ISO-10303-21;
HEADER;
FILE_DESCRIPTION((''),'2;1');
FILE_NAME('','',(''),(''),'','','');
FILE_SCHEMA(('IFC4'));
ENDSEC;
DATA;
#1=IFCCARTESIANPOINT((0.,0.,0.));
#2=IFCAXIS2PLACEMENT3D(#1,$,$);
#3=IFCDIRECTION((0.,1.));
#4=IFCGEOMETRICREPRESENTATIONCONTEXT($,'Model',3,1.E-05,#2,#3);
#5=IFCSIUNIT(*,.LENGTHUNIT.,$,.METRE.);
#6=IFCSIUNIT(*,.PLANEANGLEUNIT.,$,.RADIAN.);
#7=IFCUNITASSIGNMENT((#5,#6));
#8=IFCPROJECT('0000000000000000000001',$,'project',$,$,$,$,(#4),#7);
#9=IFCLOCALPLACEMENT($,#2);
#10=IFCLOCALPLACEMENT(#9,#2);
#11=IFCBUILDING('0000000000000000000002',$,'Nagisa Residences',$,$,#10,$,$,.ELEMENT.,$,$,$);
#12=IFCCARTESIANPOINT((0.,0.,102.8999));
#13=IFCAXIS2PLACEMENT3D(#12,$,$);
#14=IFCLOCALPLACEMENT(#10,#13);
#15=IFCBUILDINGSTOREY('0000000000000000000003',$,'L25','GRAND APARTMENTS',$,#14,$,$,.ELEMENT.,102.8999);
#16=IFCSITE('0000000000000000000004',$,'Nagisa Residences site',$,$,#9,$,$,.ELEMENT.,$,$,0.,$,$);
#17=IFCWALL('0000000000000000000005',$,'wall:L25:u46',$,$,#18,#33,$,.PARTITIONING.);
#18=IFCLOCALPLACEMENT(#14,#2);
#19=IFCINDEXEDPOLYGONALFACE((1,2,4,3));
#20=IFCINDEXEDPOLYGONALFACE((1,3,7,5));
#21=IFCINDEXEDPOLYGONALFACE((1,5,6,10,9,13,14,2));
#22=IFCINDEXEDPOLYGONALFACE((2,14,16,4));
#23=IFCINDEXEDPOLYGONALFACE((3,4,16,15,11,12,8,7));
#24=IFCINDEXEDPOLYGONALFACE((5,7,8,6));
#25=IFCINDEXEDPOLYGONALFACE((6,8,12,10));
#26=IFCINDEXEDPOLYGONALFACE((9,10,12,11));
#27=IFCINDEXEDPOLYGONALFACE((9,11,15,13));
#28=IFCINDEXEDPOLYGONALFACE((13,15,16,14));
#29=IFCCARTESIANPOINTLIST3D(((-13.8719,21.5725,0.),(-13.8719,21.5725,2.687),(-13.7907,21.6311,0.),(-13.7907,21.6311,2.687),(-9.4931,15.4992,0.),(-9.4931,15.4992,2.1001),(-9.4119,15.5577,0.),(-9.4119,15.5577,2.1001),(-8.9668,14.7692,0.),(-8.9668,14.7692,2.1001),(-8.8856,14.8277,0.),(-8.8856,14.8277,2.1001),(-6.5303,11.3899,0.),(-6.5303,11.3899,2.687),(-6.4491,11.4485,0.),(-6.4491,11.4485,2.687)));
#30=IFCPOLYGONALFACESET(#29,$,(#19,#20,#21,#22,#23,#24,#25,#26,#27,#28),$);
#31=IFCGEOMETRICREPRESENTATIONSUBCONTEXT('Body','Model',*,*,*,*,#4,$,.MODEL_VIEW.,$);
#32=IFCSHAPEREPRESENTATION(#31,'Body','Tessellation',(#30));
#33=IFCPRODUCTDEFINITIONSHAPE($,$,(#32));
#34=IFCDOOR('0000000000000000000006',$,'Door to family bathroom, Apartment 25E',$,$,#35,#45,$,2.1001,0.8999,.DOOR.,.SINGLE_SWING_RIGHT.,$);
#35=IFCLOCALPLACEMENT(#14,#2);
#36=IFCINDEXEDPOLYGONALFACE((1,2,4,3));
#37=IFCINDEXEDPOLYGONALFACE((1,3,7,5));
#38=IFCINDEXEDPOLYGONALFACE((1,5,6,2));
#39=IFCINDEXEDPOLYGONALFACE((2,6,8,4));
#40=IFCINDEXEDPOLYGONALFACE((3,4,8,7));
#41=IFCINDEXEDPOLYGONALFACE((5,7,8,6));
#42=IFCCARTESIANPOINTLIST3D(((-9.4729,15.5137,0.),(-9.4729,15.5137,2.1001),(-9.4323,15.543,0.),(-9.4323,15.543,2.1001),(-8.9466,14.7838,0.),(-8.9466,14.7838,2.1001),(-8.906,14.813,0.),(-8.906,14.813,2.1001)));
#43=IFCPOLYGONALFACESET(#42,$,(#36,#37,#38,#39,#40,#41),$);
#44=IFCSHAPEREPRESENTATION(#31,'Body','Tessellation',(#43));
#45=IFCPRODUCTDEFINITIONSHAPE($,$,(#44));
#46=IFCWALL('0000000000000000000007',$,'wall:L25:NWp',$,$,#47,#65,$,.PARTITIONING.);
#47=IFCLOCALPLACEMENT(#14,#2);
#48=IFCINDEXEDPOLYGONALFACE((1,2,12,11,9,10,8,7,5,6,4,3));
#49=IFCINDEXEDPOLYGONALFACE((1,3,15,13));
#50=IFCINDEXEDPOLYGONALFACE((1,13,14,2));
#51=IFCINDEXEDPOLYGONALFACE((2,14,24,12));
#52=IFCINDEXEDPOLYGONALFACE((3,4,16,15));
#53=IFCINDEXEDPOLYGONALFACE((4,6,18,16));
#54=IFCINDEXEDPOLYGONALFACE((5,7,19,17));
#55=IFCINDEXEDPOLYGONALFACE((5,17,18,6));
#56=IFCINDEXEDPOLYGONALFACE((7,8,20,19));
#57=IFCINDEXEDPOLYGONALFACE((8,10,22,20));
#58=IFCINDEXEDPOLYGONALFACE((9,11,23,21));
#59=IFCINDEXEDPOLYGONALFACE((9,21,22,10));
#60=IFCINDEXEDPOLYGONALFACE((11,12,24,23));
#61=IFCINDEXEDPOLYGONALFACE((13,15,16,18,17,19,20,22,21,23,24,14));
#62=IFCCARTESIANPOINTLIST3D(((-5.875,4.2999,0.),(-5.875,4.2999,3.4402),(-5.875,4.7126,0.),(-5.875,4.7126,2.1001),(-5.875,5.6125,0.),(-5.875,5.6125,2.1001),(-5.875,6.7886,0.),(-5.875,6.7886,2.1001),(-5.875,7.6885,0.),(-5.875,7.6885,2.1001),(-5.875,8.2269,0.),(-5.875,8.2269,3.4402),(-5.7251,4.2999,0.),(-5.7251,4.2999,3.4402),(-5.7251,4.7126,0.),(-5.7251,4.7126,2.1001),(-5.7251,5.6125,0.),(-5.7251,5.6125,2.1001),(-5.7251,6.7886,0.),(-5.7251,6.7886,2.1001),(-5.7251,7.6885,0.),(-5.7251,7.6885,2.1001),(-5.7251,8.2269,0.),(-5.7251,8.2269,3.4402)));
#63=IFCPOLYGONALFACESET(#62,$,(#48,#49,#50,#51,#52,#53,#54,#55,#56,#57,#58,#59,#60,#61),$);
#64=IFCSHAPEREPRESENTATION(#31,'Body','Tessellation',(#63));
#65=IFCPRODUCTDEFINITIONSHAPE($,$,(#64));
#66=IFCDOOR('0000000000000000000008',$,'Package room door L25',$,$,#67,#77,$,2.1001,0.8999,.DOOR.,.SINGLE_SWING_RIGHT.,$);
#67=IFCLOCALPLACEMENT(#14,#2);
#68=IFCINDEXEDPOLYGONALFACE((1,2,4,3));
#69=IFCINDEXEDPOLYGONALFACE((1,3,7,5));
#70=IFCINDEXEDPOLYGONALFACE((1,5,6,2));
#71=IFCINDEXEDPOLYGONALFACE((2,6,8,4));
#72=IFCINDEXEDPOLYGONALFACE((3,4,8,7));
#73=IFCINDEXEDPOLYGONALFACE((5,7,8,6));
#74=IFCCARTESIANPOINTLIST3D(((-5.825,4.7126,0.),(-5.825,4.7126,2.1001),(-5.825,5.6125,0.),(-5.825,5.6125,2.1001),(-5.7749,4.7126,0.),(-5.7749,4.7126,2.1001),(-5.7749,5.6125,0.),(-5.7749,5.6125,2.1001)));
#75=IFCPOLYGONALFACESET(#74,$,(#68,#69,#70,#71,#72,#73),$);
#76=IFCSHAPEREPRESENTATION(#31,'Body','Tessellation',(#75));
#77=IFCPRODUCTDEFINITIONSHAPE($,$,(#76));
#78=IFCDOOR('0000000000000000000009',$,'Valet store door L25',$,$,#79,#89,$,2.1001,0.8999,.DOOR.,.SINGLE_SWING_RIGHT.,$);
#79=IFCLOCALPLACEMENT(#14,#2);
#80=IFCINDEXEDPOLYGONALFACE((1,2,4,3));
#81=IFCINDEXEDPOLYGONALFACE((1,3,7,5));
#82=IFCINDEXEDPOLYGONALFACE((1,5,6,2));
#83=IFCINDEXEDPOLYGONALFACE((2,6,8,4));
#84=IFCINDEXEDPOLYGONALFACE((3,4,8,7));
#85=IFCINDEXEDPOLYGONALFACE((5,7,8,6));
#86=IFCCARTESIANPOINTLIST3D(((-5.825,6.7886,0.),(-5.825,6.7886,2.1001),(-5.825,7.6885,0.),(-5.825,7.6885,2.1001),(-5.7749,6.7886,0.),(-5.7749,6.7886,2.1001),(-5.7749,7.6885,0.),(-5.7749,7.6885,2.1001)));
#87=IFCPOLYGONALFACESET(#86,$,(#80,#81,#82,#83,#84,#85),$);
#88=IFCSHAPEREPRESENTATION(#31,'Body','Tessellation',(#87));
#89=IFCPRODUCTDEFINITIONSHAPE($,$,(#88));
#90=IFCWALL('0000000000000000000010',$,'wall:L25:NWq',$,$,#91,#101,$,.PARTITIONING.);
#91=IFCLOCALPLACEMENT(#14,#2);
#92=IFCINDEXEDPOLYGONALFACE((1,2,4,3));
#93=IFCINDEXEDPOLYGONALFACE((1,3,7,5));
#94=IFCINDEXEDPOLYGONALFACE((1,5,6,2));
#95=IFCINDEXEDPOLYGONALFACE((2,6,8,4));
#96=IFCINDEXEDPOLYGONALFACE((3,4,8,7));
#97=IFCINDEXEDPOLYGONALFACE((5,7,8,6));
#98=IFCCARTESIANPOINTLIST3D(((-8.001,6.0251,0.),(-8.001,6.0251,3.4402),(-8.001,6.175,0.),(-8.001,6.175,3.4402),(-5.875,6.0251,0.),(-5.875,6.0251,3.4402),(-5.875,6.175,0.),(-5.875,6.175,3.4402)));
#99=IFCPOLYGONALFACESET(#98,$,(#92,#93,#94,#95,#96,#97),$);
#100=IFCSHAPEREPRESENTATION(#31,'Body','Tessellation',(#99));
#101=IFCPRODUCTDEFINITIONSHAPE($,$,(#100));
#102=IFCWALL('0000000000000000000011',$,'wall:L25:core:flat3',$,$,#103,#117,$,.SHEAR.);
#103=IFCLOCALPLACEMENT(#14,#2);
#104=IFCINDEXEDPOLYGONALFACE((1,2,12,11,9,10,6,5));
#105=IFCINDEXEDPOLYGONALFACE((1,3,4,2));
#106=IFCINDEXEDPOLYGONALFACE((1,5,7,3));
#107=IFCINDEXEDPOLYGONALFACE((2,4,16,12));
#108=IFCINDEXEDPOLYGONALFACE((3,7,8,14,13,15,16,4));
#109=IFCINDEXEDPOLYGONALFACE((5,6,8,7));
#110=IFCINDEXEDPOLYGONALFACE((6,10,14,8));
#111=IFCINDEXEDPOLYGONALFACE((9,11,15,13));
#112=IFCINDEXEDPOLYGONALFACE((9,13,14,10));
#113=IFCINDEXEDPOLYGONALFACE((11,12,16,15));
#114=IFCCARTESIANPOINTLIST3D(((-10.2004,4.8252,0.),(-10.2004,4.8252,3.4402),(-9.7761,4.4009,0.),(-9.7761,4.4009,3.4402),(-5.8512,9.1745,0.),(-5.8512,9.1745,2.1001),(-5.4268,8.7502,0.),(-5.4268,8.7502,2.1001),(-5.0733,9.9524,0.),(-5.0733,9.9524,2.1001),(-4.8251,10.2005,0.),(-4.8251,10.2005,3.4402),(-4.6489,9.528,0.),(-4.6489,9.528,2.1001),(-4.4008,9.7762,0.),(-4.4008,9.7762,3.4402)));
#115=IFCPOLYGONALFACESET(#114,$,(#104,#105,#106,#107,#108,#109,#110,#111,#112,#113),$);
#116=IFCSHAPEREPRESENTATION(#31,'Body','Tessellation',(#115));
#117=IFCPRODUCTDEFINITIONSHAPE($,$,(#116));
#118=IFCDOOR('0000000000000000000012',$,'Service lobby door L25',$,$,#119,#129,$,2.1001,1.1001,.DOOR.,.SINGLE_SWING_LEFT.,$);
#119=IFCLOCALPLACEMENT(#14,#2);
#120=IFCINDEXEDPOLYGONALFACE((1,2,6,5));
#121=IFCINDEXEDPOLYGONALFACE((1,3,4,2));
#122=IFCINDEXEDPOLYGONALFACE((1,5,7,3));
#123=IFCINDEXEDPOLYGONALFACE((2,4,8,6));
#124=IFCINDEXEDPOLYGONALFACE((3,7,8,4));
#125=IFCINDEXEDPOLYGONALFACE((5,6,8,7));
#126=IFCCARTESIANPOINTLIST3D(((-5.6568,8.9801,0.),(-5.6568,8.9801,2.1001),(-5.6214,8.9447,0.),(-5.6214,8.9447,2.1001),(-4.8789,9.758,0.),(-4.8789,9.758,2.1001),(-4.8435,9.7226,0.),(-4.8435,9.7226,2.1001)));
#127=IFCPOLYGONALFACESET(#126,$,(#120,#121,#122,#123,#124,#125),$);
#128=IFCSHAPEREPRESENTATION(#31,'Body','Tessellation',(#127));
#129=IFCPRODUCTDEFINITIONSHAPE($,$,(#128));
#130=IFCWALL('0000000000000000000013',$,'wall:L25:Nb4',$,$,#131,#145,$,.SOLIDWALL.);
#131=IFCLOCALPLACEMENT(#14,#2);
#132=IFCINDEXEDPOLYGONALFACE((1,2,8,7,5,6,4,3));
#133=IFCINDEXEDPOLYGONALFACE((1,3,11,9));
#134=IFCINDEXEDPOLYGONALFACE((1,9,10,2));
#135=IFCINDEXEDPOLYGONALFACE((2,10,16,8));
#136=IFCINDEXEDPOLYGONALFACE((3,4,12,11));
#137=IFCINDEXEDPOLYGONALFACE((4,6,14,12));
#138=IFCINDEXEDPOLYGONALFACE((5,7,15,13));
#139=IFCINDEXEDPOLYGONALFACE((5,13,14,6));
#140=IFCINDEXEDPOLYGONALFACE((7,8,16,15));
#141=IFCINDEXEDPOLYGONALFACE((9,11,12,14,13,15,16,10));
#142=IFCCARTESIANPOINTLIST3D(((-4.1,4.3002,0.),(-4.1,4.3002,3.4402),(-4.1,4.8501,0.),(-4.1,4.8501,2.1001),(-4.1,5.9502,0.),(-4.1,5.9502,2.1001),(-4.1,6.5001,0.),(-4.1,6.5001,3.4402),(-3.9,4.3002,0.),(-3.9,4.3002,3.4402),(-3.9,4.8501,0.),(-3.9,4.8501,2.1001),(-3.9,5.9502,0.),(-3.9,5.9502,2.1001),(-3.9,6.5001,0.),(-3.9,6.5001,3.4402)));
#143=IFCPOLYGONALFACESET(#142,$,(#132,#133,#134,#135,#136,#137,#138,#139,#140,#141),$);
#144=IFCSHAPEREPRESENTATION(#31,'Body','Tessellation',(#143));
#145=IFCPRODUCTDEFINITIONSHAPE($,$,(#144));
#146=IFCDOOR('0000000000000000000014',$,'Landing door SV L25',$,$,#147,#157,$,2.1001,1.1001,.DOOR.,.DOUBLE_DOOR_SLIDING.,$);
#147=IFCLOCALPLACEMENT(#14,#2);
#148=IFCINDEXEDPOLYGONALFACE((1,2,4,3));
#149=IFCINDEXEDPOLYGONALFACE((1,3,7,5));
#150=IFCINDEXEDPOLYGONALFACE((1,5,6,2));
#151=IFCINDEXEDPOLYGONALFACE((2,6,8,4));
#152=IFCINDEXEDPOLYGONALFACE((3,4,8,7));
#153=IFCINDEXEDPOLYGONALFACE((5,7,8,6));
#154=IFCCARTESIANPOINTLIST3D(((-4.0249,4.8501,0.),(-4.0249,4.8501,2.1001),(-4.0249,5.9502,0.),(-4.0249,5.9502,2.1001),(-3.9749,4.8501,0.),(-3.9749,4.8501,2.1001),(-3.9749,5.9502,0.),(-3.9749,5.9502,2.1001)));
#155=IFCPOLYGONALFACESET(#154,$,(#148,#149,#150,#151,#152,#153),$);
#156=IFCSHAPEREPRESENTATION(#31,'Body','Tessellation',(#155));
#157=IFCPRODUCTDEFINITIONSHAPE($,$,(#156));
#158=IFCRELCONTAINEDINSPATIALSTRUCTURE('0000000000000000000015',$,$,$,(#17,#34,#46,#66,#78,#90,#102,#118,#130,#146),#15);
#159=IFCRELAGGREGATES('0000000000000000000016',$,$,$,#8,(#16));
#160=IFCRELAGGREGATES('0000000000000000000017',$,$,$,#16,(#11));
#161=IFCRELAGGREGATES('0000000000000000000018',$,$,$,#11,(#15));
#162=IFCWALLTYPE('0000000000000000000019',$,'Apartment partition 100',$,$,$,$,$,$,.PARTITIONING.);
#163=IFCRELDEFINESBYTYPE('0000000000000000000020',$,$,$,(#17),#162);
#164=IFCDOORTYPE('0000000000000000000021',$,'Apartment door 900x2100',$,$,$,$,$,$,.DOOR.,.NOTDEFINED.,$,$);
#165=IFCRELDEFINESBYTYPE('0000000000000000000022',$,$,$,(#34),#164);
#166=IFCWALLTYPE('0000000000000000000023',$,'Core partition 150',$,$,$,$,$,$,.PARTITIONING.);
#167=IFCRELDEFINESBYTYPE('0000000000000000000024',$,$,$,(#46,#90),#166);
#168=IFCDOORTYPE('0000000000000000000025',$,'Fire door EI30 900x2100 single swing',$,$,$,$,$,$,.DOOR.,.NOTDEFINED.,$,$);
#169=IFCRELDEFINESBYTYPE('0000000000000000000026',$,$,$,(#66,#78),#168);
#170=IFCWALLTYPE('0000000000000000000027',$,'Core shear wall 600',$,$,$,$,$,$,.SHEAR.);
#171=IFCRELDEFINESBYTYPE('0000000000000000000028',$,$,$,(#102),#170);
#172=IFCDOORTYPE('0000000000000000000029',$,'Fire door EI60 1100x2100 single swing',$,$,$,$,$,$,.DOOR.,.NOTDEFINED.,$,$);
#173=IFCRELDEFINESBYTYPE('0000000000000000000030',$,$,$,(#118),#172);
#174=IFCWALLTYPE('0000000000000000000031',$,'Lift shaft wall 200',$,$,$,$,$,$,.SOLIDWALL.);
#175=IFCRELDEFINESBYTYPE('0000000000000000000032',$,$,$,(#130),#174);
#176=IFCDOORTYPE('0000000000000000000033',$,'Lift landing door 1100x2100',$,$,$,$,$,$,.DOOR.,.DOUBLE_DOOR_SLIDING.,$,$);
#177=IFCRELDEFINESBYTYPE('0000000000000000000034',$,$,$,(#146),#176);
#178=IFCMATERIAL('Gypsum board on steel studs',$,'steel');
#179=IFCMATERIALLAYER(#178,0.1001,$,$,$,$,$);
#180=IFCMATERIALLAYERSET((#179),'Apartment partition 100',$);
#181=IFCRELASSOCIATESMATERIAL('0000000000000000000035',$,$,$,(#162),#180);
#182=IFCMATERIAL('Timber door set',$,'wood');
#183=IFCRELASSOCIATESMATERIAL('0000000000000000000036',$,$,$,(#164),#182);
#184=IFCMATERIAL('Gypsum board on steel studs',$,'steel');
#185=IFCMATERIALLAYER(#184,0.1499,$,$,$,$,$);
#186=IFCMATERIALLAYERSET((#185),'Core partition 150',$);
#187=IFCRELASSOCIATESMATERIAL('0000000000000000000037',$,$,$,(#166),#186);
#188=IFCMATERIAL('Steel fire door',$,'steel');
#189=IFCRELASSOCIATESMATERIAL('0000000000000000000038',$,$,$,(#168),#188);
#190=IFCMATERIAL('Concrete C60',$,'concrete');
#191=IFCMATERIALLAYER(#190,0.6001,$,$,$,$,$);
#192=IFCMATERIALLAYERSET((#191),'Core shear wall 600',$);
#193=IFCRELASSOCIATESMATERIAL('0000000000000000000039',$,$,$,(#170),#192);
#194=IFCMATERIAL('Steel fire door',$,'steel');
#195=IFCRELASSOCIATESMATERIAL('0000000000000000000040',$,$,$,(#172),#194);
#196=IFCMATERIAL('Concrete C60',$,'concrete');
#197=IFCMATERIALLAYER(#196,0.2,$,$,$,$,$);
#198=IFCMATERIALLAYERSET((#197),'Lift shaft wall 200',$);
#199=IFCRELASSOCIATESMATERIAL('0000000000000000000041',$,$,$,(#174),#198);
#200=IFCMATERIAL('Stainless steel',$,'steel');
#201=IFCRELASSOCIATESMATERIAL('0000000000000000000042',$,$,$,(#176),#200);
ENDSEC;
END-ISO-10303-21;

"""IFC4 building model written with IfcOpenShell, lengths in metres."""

from ifc_helpers import new_model, si_unit, direction, frame, frame_2d, origin, place, context, subcontext, project, spatial, rectangle, extrude, material, layer, layer_set, type_object, element, fill, save


model = new_model("IFC4")

# Units and contexts
model_context = context("Model", 3, precision=1e-05, world=origin(), true_north=direction((0.0, 1.0)))
body_context = subcontext(model_context, "Body", "Model", "MODEL_VIEW")
ifc_project = project(units=[si_unit("LENGTHUNIT", "METRE"), si_unit("PLANEANGLEUNIT", "RADIAN")], contexts=[model_context])

# Site, building, storey
site_placement = place(None, origin())
site = spatial("IfcSite", under=ifc_project, at=site_placement, Name="Nagisa Residences site", CompositionType="ELEMENT", RefElevation=0.0)
building_placement = place(site_placement, origin())
building = spatial("IfcBuilding", under=site, at=building_placement, Name="Nagisa Residences", CompositionType="ELEMENT")
storey_placement = place(building_placement, frame((0.0, 0.0, 102.8999)))
storey = spatial("IfcBuildingStorey", under=building, at=storey_placement, Name="L25", Description="GRAND APARTMENTS", CompositionType="ELEMENT", Elevation=102.8999)

# Shared definitions
ifc_material_1 = material(Name="Gypsum board on steel studs", Category="steel")
ifc_layer_1 = layer(ifc_material_1, 0.1001)
ifc_layer_set_1 = layer_set([ifc_layer_1], Name="Apartment partition 100")
wall_type_1 = type_object("IfcWallType", Name="Apartment partition 100", PredefinedType="PARTITIONING", material=ifc_layer_set_1)
ifc_material_2 = material(Name="Timber door set", Category="wood")
door_type_1 = type_object("IfcDoorType", Name="Apartment door 900x2100", OperationType="NOTDEFINED", PredefinedType="DOOR", material=ifc_material_2)

# Wall, opening, door
wall_1_placement = place(storey_placement, frame((-6.4897, 11.4192, 0.0), z_axis=(0.0, 0.0, 1.0), x_axis=(-0.584833, 0.811154, 0.0)))
wall_1 = element("IfcWall", 1, at=wall_1_placement, inside=storey, type_object=wall_type_1, Name="wall:L25:u46", PredefinedType="PARTITIONING", context=body_context, shape_type="SweptSolid", body=[
    extrude(rectangle(XDim=12.5532, YDim=0.1001, at=frame_2d((6.2766, 0.0))), origin(), (0.0, 0.0, 1.0), 2.687),
])
opening_1_placement = place(wall_1_placement, frame((4.166, 0.0, 0.0)))
opening_1 = element("IfcOpeningElement", 2, at=opening_1_placement, cuts=wall_1, PredefinedType="OPENING", context=body_context, shape_type="SweptSolid", body=[
    extrude(rectangle(XDim=0.8999, YDim=2.1001, at=frame_2d((0.45, 1.05))), frame((0.0, 0.0601, 0.0), z_axis=(0.0, -1.0, 0.0), x_axis=(1.0, 0.0, 0.0)), (0.0, 0.0, 1.0), 0.1201),
])
door_1_placement = place(opening_1_placement, frame((0.8999, 0.0, 0.0), x_axis=(-1.0, 0.0, 0.0)))
door_1 = element("IfcDoor", 3, at=door_1_placement, inside=storey, type_object=door_type_1, Name="Door to family bathroom, Apartment 25E", OperationType="SINGLE_SWING_RIGHT", OverallHeight=2.1001, OverallWidth=0.8999, PredefinedType="DOOR", context=body_context, shape_type="SweptSolid", body=[
    extrude(rectangle(XDim=0.8999, YDim=2.1001, at=frame_2d((0.45, 1.05))), frame((0.0, 0.0249, 0.0), z_axis=(0.0, -1.0, 0.0), x_axis=(1.0, 0.0, 0.0)), (0.0, 0.0, 1.0), 0.05),
])
fill(opening_1, door_1)

# Wall, openings, doors
ifc_material_3 = material(Name="Gypsum board on steel studs", Category="steel")
ifc_layer_2 = layer(ifc_material_3, 0.1499)
ifc_layer_set_2 = layer_set([ifc_layer_2], Name="Core partition 150")
wall_type_2 = type_object("IfcWallType", Name="Core partition 150", PredefinedType="PARTITIONING", material=ifc_layer_set_2)
wall_2_placement = place(storey_placement, frame((-5.8, 4.3, 0.0), z_axis=(0.0, 0.0, 1.0), x_axis=(0.0, 1.0, 0.0)))
wall_2 = element("IfcWall", 4, at=wall_2_placement, inside=storey, type_object=wall_type_2, Name="wall:L25:NWp", PredefinedType="PARTITIONING", context=body_context, shape_type="SweptSolid", body=[
    extrude(rectangle(XDim=3.927, YDim=0.1499, at=frame_2d((1.9634, 0.0))), origin(), (0.0, 0.0, 1.0), 3.4402),
])
opening_2_placement = place(wall_2_placement, frame((0.4126, 0.0, 0.0)))
opening_2 = element("IfcOpeningElement", 5, at=opening_2_placement, cuts=wall_2, PredefinedType="OPENING", context=body_context, shape_type="SweptSolid", body=[
    extrude(rectangle(XDim=0.8999, YDim=2.1001, at=frame_2d((0.45, 1.05))), frame((0.0, 0.085, 0.0), z_axis=(0.0, -1.0, 0.0), x_axis=(1.0, 0.0, 0.0)), (0.0, 0.0, 1.0), 0.1699),
])
opening_3_placement = place(wall_2_placement, frame((2.4885, 0.0, 0.0)))
opening_3 = element("IfcOpeningElement", 6, at=opening_3_placement, cuts=wall_2, PredefinedType="OPENING", context=body_context, shape_type="SweptSolid", body=[
    extrude(rectangle(XDim=0.8999, YDim=2.1001, at=frame_2d((0.45, 1.05))), frame((0.0, 0.085, 0.0), z_axis=(0.0, -1.0, 0.0), x_axis=(1.0, 0.0, 0.0)), (0.0, 0.0, 1.0), 0.1699),
])
ifc_material_4 = material(Name="Steel fire door", Category="steel")
door_type_2 = type_object("IfcDoorType", Name="Fire door EI30 900x2100 single swing", OperationType="NOTDEFINED", PredefinedType="DOOR", material=ifc_material_4)
door_2_placement = place(opening_2_placement, origin())
door_2 = element("IfcDoor", 7, at=door_2_placement, inside=storey, type_object=door_type_2, Name="Package room door L25", OperationType="SINGLE_SWING_RIGHT", OverallHeight=2.1001, OverallWidth=0.8999, PredefinedType="DOOR", context=body_context, shape_type="SweptSolid", body=[
    extrude(rectangle(XDim=0.8999, YDim=2.1001, at=frame_2d((0.45, 1.05))), frame((0.0, 0.0249, 0.0), z_axis=(0.0, -1.0, 0.0), x_axis=(1.0, 0.0, 0.0)), (0.0, 0.0, 1.0), 0.05),
])
fill(opening_2, door_2)
door_3_placement = place(opening_3_placement, origin())
door_3 = element("IfcDoor", 8, at=door_3_placement, inside=storey, type_object=door_type_2, Name="Valet store door L25", OperationType="SINGLE_SWING_RIGHT", OverallHeight=2.1001, OverallWidth=0.8999, PredefinedType="DOOR", context=body_context, shape_type="SweptSolid", body=[
    extrude(rectangle(XDim=0.8999, YDim=2.1001, at=frame_2d((0.45, 1.05))), frame((0.0, 0.0249, 0.0), z_axis=(0.0, -1.0, 0.0), x_axis=(1.0, 0.0, 0.0)), (0.0, 0.0, 1.0), 0.05),
])
fill(opening_3, door_3)

# Wall
wall_3_placement = place(storey_placement, frame((-8.001, 6.1001, 0.0), z_axis=(0.0, 0.0, 1.0), x_axis=(1.0, 0.0, 0.0)))
element("IfcWall", 9, at=wall_3_placement, inside=storey, type_object=wall_type_2, Name="wall:L25:NWq", PredefinedType="PARTITIONING", context=body_context, shape_type="SweptSolid", body=[
    extrude(rectangle(XDim=2.126, YDim=0.1499, at=frame_2d((1.063, 0.0))), origin(), (0.0, 0.0, 1.0), 3.4402),
])

# Walls, openings, doors
ifc_material_5 = material(Name="Concrete C60", Category="concrete")
ifc_layer_3 = layer(ifc_material_5, 0.6001)
ifc_layer_set_3 = layer_set([ifc_layer_3], Name="Core shear wall 600")
wall_type_3 = type_object("IfcWallType", Name="Core shear wall 600", PredefinedType="SHEAR", material=ifc_layer_set_3)
wall_4_placement = place(storey_placement, frame((-4.613, 9.9883, 0.0), z_axis=(0.0, 0.0, 1.0), x_axis=(-0.707107, -0.707107, 0.0)))
wall_4 = element("IfcWall", 10, at=wall_4_placement, inside=storey, type_object=wall_type_3, Name="wall:L25:core:flat3", PredefinedType="SHEAR", context=body_context, shape_type="SweptSolid", body=[
    extrude(rectangle(XDim=7.6018, YDim=0.6001, at=frame_2d((3.8008, 0.0))), origin(), (0.0, 0.0, 1.0), 3.4402),
])
opening_4_placement = place(wall_4_placement, frame((0.3508, 0.0, 0.0)))
opening_4 = element("IfcOpeningElement", 11, at=opening_4_placement, cuts=wall_4, PredefinedType="OPENING", context=body_context, shape_type="SweptSolid", body=[
    extrude(rectangle(XDim=1.1001, YDim=2.1001, at=frame_2d((0.55, 1.05))), frame((0.0, 0.3101, 0.0), z_axis=(0.0, -1.0, 0.0), x_axis=(1.0, 0.0, 0.0)), (0.0, 0.0, 1.0), 0.6201),
])
ifc_material_6 = material(Name="Steel fire door", Category="steel")
door_type_3 = type_object("IfcDoorType", Name="Fire door EI60 1100x2100 single swing", OperationType="NOTDEFINED", PredefinedType="DOOR", material=ifc_material_6)
door_4_placement = place(opening_4_placement, origin())
door_4 = element("IfcDoor", 12, at=door_4_placement, inside=storey, type_object=door_type_3, Name="Service lobby door L25", OperationType="SINGLE_SWING_LEFT", OverallHeight=2.1001, OverallWidth=1.1001, PredefinedType="DOOR", context=body_context, shape_type="SweptSolid", body=[
    extrude(rectangle(XDim=1.1001, YDim=2.1001, at=frame_2d((0.55, 1.05))), frame((0.0, 0.0249, 0.0), z_axis=(0.0, -1.0, 0.0), x_axis=(1.0, 0.0, 0.0)), (0.0, 0.0, 1.0), 0.05),
])
fill(opening_4, door_4)
ifc_material_7 = material(Name="Concrete C60", Category="concrete")
ifc_layer_4 = layer(ifc_material_7, 0.2)
ifc_layer_set_4 = layer_set([ifc_layer_4], Name="Lift shaft wall 200")
wall_type_4 = type_object("IfcWallType", Name="Lift shaft wall 200", PredefinedType="SOLIDWALL", material=ifc_layer_set_4)
wall_5_placement = place(storey_placement, frame((-4.0, 4.3, 0.0), z_axis=(0.0, 0.0, 1.0), x_axis=(0.0, 1.0, 0.0)))
wall_5 = element("IfcWall", 13, at=wall_5_placement, inside=storey, type_object=wall_type_4, Name="wall:L25:Nb4", PredefinedType="SOLIDWALL", context=body_context, shape_type="SweptSolid", body=[
    extrude(rectangle(XDim=2.2, YDim=0.2, at=frame_2d((1.1001, 0.0))), origin(), (0.0, 0.0, 1.0), 3.4402),
])
opening_5_placement = place(wall_5_placement, frame((0.55, 0.0, 0.0)))
opening_5 = element("IfcOpeningElement", 14, at=opening_5_placement, cuts=wall_5, PredefinedType="OPENING", context=body_context, shape_type="SweptSolid", body=[
    extrude(rectangle(XDim=1.1001, YDim=2.1001, at=frame_2d((0.55, 1.05))), frame((0.0, 0.1099, 0.0), z_axis=(0.0, -1.0, 0.0), x_axis=(1.0, 0.0, 0.0)), (0.0, 0.0, 1.0), 0.22),
])
ifc_material_8 = material(Name="Stainless steel", Category="steel")
door_type_4 = type_object("IfcDoorType", Name="Lift landing door 1100x2100", OperationType="DOUBLE_DOOR_SLIDING", PredefinedType="DOOR", material=ifc_material_8)
door_5_placement = place(opening_5_placement, origin())
door_5 = element("IfcDoor", 15, at=door_5_placement, inside=storey, type_object=door_type_4, Name="Landing door SV L25", OperationType="DOUBLE_DOOR_SLIDING", OverallHeight=2.1001, OverallWidth=1.1001, PredefinedType="DOOR", context=body_context, shape_type="SweptSolid", body=[
    extrude(rectangle(XDim=1.1001, YDim=2.1001, at=frame_2d((0.55, 1.05))), frame((0.0, 0.0249, 0.0), z_axis=(0.0, -1.0, 0.0), x_axis=(1.0, 0.0, 0.0)), (0.0, 0.0, 1.0), 0.05),
])
fill(opening_5, door_5)

save(model, "model.ifc")
